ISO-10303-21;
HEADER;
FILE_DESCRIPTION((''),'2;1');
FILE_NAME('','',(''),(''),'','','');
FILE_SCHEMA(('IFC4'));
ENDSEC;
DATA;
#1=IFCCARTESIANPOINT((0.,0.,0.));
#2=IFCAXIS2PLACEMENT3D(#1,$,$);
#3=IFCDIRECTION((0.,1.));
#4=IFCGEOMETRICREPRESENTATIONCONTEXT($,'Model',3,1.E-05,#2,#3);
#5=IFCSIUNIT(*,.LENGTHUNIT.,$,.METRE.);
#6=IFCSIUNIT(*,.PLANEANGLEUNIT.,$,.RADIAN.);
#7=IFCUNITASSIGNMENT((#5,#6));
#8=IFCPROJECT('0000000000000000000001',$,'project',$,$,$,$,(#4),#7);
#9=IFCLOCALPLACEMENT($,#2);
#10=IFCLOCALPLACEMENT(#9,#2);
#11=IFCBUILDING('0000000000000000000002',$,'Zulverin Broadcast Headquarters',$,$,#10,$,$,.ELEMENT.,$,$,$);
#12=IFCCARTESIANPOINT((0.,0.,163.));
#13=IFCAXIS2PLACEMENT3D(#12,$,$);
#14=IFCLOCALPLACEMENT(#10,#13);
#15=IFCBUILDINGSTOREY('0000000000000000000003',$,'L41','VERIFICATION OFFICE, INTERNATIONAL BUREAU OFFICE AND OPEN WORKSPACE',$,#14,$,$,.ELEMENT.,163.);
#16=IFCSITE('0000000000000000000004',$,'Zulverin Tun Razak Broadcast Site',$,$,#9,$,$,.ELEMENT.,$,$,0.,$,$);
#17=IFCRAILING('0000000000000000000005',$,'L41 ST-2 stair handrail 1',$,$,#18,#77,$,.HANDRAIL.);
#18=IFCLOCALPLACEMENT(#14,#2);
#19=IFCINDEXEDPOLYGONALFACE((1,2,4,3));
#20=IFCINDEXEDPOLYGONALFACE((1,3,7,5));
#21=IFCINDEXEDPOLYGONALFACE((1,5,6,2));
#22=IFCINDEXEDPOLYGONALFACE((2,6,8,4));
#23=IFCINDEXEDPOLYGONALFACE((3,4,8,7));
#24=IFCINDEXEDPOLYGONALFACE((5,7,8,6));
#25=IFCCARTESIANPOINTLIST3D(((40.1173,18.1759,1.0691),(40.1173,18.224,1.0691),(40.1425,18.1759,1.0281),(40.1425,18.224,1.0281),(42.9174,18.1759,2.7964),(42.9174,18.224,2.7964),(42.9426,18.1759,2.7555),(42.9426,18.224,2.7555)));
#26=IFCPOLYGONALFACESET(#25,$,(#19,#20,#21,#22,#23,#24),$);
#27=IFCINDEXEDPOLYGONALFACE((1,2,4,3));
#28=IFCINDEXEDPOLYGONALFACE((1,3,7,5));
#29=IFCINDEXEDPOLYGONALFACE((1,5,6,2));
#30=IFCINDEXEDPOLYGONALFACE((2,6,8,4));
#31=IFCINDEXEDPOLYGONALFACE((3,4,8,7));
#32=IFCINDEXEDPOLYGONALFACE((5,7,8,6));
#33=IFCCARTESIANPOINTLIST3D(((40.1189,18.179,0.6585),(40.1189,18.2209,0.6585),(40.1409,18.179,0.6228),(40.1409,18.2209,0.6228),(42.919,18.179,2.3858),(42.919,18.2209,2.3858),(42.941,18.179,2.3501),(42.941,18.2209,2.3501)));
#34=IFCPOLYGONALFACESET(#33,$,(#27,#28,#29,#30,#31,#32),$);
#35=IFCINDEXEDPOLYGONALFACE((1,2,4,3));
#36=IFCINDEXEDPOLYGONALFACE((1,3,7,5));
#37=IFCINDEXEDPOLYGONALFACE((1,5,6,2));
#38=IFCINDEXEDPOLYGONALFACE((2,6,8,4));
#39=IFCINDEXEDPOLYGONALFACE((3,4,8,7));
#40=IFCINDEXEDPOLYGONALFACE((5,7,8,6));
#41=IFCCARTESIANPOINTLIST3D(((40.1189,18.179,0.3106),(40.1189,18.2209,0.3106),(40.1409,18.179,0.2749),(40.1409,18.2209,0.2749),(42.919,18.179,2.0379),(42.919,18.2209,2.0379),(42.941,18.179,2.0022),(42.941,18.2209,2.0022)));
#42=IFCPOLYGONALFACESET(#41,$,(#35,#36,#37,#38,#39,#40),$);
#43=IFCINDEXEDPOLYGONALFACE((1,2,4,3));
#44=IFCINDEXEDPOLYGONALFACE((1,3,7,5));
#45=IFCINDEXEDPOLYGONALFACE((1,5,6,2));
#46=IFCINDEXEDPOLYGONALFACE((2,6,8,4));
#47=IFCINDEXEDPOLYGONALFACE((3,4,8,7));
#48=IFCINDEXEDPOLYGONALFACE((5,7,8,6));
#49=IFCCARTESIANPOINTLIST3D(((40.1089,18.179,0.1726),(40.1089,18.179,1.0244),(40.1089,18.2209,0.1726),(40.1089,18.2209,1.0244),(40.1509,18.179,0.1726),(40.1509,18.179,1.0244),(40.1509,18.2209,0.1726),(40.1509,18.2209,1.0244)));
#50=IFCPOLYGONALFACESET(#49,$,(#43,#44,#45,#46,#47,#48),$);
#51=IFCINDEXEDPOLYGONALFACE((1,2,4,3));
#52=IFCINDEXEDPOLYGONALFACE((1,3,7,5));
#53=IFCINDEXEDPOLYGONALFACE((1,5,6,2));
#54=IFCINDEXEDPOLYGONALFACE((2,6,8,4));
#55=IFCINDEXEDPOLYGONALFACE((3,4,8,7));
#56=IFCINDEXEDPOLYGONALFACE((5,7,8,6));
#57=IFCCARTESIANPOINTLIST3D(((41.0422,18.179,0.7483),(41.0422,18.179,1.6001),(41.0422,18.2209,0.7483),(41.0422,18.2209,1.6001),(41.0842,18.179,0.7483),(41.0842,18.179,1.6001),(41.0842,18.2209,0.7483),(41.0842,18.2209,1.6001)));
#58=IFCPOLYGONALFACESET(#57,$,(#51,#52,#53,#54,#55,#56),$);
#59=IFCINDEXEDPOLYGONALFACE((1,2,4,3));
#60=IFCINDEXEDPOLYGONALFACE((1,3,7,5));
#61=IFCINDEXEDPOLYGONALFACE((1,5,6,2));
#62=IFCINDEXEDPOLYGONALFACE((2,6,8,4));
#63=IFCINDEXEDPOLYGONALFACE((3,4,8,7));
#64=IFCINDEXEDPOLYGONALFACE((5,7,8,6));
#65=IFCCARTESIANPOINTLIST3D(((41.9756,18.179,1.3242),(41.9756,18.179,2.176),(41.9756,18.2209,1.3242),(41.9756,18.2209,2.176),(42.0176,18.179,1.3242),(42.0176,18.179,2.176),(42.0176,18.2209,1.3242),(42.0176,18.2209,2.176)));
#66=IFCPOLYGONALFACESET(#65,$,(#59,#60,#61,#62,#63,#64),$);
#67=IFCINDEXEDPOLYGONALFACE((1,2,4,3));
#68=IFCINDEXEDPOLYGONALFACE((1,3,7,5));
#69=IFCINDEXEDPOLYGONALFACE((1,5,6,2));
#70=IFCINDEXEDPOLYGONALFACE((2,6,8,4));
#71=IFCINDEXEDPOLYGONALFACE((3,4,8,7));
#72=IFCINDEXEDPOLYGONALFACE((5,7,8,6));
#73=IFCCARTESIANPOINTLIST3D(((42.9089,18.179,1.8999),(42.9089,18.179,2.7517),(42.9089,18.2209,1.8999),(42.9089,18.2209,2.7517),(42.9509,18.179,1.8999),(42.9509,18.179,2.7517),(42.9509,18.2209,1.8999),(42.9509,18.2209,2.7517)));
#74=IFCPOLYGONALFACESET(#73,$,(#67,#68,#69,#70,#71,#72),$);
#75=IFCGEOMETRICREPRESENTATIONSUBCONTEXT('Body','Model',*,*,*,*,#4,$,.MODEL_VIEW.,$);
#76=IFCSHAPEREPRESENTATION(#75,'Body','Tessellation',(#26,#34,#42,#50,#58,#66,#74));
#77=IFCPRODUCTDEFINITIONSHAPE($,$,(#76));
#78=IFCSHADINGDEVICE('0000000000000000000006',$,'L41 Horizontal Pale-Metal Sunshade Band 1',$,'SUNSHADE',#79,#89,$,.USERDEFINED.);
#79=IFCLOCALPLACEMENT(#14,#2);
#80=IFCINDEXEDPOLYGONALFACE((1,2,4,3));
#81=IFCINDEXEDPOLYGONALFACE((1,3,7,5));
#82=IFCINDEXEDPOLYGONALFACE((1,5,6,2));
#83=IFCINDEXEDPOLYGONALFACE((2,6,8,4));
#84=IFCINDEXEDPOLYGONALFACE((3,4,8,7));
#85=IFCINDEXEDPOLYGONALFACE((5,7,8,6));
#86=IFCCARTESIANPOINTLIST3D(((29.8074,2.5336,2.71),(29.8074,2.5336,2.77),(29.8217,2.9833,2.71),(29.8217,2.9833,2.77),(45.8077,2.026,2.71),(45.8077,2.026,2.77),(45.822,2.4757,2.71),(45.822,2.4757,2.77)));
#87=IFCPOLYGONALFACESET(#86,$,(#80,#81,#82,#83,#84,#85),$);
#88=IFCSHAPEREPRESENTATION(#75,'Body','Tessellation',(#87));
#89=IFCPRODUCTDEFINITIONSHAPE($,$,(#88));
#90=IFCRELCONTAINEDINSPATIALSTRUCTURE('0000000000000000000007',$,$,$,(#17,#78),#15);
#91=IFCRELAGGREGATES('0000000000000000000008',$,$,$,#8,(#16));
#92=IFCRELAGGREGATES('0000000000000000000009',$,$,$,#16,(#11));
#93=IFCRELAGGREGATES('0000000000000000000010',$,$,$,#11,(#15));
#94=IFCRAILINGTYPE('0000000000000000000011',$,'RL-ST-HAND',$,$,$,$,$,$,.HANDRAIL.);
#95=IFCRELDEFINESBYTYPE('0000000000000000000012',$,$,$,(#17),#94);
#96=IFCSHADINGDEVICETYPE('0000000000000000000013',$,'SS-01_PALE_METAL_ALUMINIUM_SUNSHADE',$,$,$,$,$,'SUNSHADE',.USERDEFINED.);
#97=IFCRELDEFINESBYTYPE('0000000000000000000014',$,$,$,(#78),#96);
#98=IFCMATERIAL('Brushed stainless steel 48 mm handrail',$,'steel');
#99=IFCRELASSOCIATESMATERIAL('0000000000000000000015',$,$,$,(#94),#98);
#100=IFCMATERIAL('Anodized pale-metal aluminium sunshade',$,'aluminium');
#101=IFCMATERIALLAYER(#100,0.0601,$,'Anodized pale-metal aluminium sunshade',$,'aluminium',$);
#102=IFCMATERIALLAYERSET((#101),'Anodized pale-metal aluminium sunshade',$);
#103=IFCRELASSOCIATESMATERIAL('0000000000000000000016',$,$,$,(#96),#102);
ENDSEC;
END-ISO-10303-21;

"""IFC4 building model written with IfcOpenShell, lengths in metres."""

from ifc_helpers import new_model, si_unit, direction, frame, origin, origin_2d, place, context, subcontext, project, spatial, rectangle, extrude, material, layer, layer_set, type_object, element, save


model = new_model("IFC4")

# Units and contexts
model_context = context("Model", 3, precision=1e-05, world=origin(), true_north=direction((0.0, 1.0)))
body_context = subcontext(model_context, "Body", "Model", "MODEL_VIEW")
ifc_project = project(units=[si_unit("LENGTHUNIT", "METRE"), si_unit("PLANEANGLEUNIT", "RADIAN")], contexts=[model_context])

# Site, building, storey
site_placement = place(None, origin())
site = spatial("IfcSite", under=ifc_project, at=site_placement, Name="Zulverin Tun Razak Broadcast Site", CompositionType="ELEMENT", RefElevation=0.0)
building_placement = place(site_placement, origin())
building = spatial("IfcBuilding", under=site, at=building_placement, Name="Zulverin Broadcast Headquarters", CompositionType="ELEMENT")
storey_placement = place(building_placement, frame((0.0, 0.0, 163.0)))
storey = spatial("IfcBuildingStorey", under=building, at=storey_placement, Name="L41", Description="VERIFICATION OFFICE, INTERNATIONAL BUREAU OFFICE AND OPEN WORKSPACE", CompositionType="ELEMENT", Elevation=163.0)

# Railing
ifc_material_1 = material(Name="Brushed stainless steel 48 mm handrail", Category="steel")
railing_type_1 = type_object("IfcRailingType", Name="RL-ST-HAND", PredefinedType="HANDRAIL", material=ifc_material_1)
railing_1_placement = place(storey_placement, frame((40.1299, 18.2, 0.1726)))
element("IfcRailing", 1, at=railing_1_placement, inside=storey, type_object=railing_type_1, Name="L41 ST-2 stair handrail 1", PredefinedType="HANDRAIL", context=body_context, shape_type="SweptSolid", body=[
    extrude(rectangle(XDim=0.0481, YDim=0.0481, at=origin_2d()), frame((0.0, 0.0, 0.876), z_axis=(0.85109, 0.0, 0.52502), x_axis=(0.0, 1.0, 0.0)), (0.0, 0.0, 1.0), 3.29),
    extrude(rectangle(XDim=0.042, YDim=0.042, at=origin_2d()), frame((0.0, 0.0, 0.468), z_axis=(0.85109, 0.0, 0.52502), x_axis=(0.0, 1.0, 0.0)), (0.0, 0.0, 1.0), 3.29),
    extrude(rectangle(XDim=0.042, YDim=0.042, at=origin_2d()), frame((0.0, 0.0, 0.1201), z_axis=(0.85109, 0.0, 0.52502), x_axis=(0.0, 1.0, 0.0)), (0.0, 0.0, 1.0), 3.29),
    extrude(rectangle(XDim=0.042, YDim=0.042, at=origin_2d()), origin(), (0.0, 0.0, 1.0), 0.8518),
    extrude(rectangle(XDim=0.042, YDim=0.042, at=origin_2d()), frame((0.9333, 0.0, 0.5757)), (0.0, 0.0, 1.0), 0.8518),
    extrude(rectangle(XDim=0.042, YDim=0.042, at=origin_2d()), frame((1.8667, 0.0, 1.1516)), (0.0, 0.0, 1.0), 0.8518),
    extrude(rectangle(XDim=0.042, YDim=0.042, at=origin_2d()), frame((2.8, 0.0, 1.7273)), (0.0, 0.0, 1.0), 0.8518),
])

# Shading device
ifc_material_2 = material(Name="Anodized pale-metal aluminium sunshade", Category="aluminium")
ifc_layer_1 = layer(ifc_material_2, 0.0601, Name="Anodized pale-metal aluminium sunshade", Category="aluminium")
ifc_layer_set_1 = layer_set([ifc_layer_1], Name="Anodized pale-metal aluminium sunshade")
shading_device_type = type_object("IfcShadingDeviceType", Name="SS-01_PALE_METAL_ALUMINIUM_SUNSHADE", ElementType="SUNSHADE", PredefinedType="USERDEFINED", material=ifc_layer_set_1)
shading_device_placement = place(storey_placement, frame((37.8147, 2.5046, 2.71), z_axis=(0.0, 0.0, 1.0), x_axis=(0.999497, -0.031709, 0.0)))
element("IfcShadingDevice", 2, at=shading_device_placement, inside=storey, type_object=shading_device_type, Name="L41 Horizontal Pale-Metal Sunshade Band 1", ObjectType="SUNSHADE", PredefinedType="USERDEFINED", context=body_context, shape_type="SweptSolid", body=[
    extrude(rectangle(XDim=16.0083, YDim=0.45, at=origin_2d()), origin(), (0.0, 0.0, 1.0), 0.0601),
])

save(model, "model.ifc")
